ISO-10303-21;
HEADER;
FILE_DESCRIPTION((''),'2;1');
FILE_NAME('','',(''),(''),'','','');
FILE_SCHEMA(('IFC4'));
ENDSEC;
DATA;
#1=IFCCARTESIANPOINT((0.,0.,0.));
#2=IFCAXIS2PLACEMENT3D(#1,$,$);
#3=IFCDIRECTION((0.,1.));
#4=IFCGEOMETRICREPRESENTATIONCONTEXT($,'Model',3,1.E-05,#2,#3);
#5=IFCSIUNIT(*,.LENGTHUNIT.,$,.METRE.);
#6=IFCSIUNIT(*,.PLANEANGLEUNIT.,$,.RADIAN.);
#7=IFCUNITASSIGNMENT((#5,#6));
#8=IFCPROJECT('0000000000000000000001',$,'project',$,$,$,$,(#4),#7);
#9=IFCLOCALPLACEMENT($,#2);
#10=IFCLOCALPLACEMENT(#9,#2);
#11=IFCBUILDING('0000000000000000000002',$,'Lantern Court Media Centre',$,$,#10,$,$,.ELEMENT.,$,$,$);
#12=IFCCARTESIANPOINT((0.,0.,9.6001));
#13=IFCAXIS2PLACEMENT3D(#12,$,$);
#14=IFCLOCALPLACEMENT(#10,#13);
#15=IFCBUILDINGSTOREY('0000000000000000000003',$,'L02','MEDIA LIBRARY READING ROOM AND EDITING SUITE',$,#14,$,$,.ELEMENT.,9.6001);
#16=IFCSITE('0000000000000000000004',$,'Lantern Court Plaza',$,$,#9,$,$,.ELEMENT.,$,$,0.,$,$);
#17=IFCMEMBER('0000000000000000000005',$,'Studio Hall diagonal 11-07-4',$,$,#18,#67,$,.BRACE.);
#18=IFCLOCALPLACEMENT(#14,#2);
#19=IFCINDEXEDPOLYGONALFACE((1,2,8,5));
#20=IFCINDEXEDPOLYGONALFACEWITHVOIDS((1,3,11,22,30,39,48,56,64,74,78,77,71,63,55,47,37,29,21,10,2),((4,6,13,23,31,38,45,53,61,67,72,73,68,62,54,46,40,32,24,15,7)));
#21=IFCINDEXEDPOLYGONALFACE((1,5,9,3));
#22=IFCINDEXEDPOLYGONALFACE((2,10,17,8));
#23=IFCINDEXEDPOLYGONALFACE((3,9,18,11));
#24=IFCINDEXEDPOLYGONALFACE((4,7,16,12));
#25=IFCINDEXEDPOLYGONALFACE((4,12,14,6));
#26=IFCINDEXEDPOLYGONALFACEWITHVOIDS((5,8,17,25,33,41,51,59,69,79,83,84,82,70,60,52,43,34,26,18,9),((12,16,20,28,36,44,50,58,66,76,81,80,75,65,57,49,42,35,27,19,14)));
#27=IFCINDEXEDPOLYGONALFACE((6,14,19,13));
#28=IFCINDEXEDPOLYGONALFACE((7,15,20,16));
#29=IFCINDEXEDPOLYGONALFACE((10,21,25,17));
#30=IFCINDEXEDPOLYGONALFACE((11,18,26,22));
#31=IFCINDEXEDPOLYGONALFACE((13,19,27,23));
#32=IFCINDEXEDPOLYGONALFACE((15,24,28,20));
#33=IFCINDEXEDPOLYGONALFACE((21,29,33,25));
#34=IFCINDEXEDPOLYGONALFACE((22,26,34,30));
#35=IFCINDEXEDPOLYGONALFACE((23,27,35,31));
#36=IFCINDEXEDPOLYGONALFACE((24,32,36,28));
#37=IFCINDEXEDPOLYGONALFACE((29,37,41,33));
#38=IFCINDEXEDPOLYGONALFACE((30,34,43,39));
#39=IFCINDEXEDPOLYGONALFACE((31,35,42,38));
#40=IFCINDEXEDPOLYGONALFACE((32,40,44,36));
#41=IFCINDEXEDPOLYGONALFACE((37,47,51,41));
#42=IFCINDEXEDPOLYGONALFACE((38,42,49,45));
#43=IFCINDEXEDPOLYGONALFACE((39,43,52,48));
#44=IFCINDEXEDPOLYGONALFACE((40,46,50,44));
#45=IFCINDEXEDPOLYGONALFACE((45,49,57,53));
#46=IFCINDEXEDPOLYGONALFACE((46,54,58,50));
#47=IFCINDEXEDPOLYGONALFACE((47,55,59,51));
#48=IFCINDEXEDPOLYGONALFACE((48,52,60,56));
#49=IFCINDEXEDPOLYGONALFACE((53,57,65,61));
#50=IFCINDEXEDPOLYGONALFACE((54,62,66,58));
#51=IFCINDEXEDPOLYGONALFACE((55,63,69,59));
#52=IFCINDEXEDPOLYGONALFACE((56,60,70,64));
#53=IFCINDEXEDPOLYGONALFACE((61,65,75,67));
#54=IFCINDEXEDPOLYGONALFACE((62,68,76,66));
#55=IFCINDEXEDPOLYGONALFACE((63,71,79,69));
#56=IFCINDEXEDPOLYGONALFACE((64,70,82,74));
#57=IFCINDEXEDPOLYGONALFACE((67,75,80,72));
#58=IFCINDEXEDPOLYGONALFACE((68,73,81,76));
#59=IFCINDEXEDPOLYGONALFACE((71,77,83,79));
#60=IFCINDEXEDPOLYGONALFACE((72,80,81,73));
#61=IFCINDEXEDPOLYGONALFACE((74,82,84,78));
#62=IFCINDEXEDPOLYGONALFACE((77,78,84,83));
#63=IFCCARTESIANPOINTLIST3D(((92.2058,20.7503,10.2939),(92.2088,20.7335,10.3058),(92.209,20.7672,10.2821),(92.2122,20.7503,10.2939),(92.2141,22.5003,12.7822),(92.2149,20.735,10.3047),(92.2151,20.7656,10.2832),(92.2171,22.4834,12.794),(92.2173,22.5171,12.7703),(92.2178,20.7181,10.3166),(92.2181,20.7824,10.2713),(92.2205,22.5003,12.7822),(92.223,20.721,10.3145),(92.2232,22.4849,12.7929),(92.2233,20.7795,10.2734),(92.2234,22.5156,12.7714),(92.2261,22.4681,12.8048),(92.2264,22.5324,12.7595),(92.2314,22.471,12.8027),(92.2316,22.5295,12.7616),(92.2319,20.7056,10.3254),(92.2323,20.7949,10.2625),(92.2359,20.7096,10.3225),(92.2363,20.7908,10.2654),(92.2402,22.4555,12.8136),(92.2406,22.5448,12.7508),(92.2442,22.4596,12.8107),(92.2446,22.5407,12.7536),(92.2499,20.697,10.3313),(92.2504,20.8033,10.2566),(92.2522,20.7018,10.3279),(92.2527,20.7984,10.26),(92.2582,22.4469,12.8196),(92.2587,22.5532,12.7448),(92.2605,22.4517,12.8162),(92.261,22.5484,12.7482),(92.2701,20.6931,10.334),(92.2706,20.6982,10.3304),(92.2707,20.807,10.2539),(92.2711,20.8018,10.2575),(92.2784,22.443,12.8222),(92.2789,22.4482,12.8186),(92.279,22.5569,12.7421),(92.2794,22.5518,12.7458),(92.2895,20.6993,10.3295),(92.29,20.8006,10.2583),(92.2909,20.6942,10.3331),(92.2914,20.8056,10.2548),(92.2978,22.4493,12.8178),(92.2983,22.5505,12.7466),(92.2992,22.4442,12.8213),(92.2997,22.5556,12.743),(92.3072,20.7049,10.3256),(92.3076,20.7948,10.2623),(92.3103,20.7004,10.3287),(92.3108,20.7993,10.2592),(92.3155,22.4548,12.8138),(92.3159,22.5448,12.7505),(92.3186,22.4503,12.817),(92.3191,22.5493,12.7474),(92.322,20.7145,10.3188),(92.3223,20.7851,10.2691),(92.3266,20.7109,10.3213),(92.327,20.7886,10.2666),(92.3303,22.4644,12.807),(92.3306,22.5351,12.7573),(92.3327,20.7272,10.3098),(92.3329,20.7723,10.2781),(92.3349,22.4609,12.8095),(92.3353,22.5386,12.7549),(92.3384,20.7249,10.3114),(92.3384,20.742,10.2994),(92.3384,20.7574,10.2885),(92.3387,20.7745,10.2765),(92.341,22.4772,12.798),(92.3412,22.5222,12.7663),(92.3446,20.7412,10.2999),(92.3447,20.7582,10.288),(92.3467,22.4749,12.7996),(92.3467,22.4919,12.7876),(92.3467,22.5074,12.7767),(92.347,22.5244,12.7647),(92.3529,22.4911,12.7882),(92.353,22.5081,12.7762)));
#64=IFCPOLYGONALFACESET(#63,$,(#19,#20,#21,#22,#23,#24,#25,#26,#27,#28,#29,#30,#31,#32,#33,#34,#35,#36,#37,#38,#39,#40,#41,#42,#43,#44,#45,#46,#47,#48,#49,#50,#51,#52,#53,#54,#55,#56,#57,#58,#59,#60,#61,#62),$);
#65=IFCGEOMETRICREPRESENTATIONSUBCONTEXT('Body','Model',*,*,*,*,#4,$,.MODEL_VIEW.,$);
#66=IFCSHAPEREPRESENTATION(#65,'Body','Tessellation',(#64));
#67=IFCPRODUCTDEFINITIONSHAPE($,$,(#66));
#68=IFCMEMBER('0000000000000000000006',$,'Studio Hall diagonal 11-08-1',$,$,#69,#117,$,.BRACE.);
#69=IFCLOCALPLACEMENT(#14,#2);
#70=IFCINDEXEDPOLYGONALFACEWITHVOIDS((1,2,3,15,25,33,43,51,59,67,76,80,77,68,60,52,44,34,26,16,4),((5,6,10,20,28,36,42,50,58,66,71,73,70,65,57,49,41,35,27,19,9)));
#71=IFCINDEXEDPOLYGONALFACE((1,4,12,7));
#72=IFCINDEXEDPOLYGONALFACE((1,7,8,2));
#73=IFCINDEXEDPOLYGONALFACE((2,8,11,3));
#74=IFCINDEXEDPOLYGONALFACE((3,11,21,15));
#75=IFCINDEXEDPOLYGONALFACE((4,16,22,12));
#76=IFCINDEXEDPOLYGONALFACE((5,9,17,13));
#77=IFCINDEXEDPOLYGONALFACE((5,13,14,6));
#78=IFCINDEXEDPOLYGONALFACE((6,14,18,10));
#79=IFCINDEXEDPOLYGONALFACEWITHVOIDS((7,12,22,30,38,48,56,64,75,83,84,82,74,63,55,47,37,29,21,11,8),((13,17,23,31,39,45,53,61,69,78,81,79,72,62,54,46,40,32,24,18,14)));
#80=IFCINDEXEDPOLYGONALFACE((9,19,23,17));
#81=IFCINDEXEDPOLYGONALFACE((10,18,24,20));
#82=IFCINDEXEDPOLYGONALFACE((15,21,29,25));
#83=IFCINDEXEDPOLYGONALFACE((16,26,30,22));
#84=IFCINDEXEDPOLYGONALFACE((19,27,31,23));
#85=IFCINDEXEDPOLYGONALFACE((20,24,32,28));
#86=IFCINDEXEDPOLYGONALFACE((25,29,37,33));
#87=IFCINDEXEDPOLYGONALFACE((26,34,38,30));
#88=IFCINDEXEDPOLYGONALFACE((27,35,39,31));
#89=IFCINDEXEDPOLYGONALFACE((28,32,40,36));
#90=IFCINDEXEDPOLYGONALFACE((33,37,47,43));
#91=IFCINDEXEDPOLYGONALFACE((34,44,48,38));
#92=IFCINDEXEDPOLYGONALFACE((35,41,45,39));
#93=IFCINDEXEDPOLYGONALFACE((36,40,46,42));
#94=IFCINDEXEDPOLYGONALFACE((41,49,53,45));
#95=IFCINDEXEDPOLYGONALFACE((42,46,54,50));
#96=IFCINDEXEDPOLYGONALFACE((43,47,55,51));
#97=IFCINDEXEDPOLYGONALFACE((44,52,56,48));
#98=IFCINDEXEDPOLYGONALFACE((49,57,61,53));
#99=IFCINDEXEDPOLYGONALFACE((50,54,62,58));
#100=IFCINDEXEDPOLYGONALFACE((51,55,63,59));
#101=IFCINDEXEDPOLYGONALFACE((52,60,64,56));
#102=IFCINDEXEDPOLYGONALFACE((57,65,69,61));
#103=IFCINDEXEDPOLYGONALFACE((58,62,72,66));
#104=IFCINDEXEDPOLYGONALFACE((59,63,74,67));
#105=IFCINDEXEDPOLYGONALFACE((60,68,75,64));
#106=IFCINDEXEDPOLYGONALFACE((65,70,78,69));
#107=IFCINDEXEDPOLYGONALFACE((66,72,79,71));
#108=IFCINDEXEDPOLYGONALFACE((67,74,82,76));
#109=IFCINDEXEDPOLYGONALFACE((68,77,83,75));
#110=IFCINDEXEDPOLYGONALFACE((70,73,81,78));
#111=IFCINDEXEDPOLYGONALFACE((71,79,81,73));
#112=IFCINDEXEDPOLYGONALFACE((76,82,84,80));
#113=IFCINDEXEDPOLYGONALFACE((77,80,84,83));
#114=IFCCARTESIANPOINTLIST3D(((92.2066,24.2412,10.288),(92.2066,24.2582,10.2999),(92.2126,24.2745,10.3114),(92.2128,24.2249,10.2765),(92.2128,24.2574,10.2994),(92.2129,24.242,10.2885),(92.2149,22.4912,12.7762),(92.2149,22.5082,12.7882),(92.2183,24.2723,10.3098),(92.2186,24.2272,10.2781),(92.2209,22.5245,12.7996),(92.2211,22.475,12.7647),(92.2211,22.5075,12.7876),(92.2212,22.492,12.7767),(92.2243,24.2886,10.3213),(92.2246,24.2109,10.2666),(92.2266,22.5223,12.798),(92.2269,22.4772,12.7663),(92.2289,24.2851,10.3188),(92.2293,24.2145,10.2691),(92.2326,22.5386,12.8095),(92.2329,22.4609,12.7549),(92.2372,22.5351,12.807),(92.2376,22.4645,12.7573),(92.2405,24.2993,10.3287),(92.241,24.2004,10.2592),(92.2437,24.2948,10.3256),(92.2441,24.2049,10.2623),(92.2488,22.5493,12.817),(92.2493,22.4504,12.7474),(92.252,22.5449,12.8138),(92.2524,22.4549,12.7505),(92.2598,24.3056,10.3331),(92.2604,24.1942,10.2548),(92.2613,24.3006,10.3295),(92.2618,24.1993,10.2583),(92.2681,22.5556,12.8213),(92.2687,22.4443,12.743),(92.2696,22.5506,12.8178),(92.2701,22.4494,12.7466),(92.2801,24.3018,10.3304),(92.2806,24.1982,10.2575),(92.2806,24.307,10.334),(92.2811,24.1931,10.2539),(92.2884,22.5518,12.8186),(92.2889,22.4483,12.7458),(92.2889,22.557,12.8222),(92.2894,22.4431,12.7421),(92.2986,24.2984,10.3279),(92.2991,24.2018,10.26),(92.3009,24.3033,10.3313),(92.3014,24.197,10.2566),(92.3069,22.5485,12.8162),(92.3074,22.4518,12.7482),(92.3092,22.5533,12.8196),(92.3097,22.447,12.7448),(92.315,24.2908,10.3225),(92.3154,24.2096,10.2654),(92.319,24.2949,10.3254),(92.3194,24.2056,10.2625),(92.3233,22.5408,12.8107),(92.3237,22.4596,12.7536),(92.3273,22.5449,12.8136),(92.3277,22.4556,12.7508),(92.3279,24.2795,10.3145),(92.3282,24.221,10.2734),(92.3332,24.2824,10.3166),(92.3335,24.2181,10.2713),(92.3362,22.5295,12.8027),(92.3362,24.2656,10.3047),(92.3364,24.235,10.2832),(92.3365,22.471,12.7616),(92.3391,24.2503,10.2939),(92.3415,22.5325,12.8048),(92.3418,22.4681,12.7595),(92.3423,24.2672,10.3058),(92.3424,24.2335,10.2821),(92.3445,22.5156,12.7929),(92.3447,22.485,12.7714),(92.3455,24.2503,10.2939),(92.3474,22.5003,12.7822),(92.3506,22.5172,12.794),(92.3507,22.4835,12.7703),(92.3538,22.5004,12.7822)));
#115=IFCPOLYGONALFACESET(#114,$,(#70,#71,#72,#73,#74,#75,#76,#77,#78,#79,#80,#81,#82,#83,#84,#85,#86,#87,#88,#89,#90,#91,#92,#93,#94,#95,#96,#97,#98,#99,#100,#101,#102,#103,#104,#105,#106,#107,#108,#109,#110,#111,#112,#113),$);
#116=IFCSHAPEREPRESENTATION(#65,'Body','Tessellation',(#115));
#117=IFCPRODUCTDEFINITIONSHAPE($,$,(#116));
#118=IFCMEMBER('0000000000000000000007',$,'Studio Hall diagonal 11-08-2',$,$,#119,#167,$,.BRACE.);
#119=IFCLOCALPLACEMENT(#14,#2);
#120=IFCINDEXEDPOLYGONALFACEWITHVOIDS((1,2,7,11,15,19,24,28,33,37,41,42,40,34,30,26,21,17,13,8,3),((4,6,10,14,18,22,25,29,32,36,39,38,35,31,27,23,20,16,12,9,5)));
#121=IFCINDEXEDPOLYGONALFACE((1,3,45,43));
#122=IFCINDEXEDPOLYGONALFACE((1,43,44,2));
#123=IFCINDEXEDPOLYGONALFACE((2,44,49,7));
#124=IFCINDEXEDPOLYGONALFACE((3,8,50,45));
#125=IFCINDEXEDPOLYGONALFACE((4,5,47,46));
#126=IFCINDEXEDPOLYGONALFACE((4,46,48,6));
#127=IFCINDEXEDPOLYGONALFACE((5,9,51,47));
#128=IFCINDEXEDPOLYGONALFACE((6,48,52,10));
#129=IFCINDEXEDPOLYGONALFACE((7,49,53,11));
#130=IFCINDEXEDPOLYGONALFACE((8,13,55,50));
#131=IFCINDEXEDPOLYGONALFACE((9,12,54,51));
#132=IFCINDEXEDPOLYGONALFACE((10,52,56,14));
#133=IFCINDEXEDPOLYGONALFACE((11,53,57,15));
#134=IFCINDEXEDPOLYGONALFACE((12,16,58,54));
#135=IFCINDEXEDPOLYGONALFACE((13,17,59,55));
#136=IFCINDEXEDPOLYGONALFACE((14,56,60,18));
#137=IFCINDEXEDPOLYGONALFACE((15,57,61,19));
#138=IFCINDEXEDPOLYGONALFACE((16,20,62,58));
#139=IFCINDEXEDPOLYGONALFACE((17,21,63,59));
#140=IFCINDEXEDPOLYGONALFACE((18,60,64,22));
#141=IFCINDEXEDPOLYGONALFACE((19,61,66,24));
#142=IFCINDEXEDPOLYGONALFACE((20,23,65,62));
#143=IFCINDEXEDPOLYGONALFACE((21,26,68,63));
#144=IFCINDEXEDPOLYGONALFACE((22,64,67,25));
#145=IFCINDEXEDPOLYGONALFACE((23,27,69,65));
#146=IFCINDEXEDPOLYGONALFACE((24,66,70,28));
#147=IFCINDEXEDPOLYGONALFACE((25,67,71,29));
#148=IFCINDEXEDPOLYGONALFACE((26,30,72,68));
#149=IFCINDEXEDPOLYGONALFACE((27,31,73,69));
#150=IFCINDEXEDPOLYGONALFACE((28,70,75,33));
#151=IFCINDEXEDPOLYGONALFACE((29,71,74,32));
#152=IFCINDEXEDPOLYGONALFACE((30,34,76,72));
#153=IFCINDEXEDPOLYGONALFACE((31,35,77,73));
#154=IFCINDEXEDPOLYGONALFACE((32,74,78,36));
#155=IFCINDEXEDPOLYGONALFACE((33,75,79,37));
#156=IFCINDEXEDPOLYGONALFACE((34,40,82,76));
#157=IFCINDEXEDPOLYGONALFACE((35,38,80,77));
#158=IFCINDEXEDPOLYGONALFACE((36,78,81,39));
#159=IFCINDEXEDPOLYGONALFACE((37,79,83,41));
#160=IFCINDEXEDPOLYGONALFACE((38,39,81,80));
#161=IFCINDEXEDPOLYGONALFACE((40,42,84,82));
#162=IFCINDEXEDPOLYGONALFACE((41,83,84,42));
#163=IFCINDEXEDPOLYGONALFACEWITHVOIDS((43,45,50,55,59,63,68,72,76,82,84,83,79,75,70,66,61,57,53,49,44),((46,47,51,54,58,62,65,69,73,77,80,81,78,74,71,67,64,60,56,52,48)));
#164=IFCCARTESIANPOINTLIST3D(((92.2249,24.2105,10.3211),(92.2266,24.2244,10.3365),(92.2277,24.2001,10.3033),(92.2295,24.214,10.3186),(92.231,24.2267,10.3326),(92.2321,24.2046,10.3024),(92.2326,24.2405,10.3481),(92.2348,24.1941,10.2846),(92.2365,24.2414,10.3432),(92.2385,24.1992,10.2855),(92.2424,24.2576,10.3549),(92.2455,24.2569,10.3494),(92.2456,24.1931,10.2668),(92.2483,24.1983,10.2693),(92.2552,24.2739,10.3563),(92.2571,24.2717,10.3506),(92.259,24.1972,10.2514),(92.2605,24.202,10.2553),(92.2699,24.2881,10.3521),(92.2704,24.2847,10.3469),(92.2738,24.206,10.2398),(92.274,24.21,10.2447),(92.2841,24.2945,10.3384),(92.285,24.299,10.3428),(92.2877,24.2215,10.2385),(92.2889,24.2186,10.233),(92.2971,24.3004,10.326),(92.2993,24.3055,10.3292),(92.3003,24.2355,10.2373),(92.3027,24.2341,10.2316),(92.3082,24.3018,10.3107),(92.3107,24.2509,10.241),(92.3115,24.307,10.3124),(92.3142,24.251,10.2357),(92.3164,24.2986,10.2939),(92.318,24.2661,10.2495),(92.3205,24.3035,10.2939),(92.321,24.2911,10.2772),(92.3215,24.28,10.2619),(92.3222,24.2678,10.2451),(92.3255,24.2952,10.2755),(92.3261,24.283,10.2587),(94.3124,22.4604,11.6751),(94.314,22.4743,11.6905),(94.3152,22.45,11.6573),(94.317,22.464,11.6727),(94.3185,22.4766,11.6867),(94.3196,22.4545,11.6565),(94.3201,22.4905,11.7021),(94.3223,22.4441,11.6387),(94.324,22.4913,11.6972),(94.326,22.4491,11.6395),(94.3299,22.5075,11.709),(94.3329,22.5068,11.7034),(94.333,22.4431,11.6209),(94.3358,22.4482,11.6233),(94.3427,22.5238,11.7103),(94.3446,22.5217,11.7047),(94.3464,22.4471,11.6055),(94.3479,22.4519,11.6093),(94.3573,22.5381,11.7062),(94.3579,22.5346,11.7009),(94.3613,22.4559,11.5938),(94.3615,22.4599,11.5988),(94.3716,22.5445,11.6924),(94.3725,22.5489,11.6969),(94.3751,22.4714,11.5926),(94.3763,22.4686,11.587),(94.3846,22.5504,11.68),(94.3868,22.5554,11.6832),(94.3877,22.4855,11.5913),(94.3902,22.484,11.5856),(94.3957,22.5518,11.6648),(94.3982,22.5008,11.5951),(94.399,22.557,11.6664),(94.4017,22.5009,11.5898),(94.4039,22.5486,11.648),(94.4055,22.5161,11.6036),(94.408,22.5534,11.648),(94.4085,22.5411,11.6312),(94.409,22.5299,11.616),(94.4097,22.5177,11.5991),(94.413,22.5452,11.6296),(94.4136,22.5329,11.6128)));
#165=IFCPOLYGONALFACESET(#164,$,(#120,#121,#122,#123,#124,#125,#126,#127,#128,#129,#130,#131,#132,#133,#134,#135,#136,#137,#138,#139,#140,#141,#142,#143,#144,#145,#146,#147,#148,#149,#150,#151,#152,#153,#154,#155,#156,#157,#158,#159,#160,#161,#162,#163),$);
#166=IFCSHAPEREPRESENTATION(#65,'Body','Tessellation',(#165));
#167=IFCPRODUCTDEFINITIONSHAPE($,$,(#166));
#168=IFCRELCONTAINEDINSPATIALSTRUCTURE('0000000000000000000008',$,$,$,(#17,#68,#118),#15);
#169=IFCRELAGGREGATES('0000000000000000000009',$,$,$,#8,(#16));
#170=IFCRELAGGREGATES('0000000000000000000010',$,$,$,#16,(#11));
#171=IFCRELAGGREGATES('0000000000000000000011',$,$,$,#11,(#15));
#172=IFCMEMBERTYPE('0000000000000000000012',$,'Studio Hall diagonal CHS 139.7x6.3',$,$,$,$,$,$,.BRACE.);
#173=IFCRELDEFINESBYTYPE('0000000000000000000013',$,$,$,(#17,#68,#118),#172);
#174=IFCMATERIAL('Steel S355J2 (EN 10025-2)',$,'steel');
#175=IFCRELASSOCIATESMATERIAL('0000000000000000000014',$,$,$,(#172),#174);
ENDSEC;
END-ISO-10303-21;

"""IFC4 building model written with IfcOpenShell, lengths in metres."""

from ifc_helpers import new_model, si_unit, direction, frame, origin, origin_2d, place, context, subcontext, project, spatial, hollow_circle, extrude, material, material_profile, profile_set, type_object, element, save


model = new_model("IFC4")

# Units and contexts
model_context = context("Model", 3, precision=1e-05, world=origin(), true_north=direction((0.0, 1.0)))
body_context = subcontext(model_context, "Body", "Model", "MODEL_VIEW")
ifc_project = project(units=[si_unit("LENGTHUNIT", "METRE"), si_unit("PLANEANGLEUNIT", "RADIAN")], contexts=[model_context])

# Site, building, storey
site_placement = place(None, origin())
site = spatial("IfcSite", under=ifc_project, at=site_placement, Name="Lantern Court Plaza", CompositionType="ELEMENT", RefElevation=0.0)
building_placement = place(site_placement, origin())
building = spatial("IfcBuilding", under=site, at=building_placement, Name="Lantern Court Media Centre", CompositionType="ELEMENT")
storey_placement = place(building_placement, frame((0.0, 0.0, 9.6001)))
storey = spatial("IfcBuildingStorey", under=building, at=storey_placement, Name="L02", Description="MEDIA LIBRARY READING ROOM AND EDITING SUITE", CompositionType="ELEMENT", Elevation=9.6001)

# Members
ifc_material = material(Name="Steel S355J2 (EN 10025-2)", Category="steel")
ifc_material_profile_1 = material_profile(ifc_material, hollow_circle(Radius=0.0698, WallThickness=0.0063, at=origin_2d()), Name="Studio Hall diagonal CHS 139.7x6.3")
ifc_profile_set_1 = profile_set([ifc_material_profile_1], Name="Steel S355J2 (EN 10025-2)")
member_type_1 = type_object("IfcMemberType", Name="Studio Hall diagonal CHS 139.7x6.3", PredefinedType="BRACE", material=ifc_profile_set_1)
for number, where, z_axis, x_axis, name in (
    (1, (92.2756, 20.75, 10.2939), (0.002729, 0.575269, 0.81796), (-0.999989, 0.004743, 0.0), "Studio Hall diagonal 11-07-4"),
    (2, (92.2756, 24.25, 10.2939), (0.002729, -0.575269, 0.81796), (0.999989, 0.004743, 0.0), "Studio Hall diagonal 11-08-1"),
    (3, (92.2756, 24.25, 10.2939), (0.68622, -0.575301, 0.44512), (0.642456, 0.766322, 0.0), "Studio Hall diagonal 11-08-2"),
):
    element("IfcMember", number, at=place(storey_placement, frame(where, z_axis=z_axis, x_axis=x_axis)), inside=storey, type_object=member_type_1, Name=name, PredefinedType="BRACE", context=body_context, shape_type="SweptSolid", body=[
        extrude(hollow_circle(Radius=0.0698, WallThickness=0.0063, at=origin_2d()), origin(), (0.0, 0.0, 1.0), 3.042),
    ])

save(model, "model.ifc")
